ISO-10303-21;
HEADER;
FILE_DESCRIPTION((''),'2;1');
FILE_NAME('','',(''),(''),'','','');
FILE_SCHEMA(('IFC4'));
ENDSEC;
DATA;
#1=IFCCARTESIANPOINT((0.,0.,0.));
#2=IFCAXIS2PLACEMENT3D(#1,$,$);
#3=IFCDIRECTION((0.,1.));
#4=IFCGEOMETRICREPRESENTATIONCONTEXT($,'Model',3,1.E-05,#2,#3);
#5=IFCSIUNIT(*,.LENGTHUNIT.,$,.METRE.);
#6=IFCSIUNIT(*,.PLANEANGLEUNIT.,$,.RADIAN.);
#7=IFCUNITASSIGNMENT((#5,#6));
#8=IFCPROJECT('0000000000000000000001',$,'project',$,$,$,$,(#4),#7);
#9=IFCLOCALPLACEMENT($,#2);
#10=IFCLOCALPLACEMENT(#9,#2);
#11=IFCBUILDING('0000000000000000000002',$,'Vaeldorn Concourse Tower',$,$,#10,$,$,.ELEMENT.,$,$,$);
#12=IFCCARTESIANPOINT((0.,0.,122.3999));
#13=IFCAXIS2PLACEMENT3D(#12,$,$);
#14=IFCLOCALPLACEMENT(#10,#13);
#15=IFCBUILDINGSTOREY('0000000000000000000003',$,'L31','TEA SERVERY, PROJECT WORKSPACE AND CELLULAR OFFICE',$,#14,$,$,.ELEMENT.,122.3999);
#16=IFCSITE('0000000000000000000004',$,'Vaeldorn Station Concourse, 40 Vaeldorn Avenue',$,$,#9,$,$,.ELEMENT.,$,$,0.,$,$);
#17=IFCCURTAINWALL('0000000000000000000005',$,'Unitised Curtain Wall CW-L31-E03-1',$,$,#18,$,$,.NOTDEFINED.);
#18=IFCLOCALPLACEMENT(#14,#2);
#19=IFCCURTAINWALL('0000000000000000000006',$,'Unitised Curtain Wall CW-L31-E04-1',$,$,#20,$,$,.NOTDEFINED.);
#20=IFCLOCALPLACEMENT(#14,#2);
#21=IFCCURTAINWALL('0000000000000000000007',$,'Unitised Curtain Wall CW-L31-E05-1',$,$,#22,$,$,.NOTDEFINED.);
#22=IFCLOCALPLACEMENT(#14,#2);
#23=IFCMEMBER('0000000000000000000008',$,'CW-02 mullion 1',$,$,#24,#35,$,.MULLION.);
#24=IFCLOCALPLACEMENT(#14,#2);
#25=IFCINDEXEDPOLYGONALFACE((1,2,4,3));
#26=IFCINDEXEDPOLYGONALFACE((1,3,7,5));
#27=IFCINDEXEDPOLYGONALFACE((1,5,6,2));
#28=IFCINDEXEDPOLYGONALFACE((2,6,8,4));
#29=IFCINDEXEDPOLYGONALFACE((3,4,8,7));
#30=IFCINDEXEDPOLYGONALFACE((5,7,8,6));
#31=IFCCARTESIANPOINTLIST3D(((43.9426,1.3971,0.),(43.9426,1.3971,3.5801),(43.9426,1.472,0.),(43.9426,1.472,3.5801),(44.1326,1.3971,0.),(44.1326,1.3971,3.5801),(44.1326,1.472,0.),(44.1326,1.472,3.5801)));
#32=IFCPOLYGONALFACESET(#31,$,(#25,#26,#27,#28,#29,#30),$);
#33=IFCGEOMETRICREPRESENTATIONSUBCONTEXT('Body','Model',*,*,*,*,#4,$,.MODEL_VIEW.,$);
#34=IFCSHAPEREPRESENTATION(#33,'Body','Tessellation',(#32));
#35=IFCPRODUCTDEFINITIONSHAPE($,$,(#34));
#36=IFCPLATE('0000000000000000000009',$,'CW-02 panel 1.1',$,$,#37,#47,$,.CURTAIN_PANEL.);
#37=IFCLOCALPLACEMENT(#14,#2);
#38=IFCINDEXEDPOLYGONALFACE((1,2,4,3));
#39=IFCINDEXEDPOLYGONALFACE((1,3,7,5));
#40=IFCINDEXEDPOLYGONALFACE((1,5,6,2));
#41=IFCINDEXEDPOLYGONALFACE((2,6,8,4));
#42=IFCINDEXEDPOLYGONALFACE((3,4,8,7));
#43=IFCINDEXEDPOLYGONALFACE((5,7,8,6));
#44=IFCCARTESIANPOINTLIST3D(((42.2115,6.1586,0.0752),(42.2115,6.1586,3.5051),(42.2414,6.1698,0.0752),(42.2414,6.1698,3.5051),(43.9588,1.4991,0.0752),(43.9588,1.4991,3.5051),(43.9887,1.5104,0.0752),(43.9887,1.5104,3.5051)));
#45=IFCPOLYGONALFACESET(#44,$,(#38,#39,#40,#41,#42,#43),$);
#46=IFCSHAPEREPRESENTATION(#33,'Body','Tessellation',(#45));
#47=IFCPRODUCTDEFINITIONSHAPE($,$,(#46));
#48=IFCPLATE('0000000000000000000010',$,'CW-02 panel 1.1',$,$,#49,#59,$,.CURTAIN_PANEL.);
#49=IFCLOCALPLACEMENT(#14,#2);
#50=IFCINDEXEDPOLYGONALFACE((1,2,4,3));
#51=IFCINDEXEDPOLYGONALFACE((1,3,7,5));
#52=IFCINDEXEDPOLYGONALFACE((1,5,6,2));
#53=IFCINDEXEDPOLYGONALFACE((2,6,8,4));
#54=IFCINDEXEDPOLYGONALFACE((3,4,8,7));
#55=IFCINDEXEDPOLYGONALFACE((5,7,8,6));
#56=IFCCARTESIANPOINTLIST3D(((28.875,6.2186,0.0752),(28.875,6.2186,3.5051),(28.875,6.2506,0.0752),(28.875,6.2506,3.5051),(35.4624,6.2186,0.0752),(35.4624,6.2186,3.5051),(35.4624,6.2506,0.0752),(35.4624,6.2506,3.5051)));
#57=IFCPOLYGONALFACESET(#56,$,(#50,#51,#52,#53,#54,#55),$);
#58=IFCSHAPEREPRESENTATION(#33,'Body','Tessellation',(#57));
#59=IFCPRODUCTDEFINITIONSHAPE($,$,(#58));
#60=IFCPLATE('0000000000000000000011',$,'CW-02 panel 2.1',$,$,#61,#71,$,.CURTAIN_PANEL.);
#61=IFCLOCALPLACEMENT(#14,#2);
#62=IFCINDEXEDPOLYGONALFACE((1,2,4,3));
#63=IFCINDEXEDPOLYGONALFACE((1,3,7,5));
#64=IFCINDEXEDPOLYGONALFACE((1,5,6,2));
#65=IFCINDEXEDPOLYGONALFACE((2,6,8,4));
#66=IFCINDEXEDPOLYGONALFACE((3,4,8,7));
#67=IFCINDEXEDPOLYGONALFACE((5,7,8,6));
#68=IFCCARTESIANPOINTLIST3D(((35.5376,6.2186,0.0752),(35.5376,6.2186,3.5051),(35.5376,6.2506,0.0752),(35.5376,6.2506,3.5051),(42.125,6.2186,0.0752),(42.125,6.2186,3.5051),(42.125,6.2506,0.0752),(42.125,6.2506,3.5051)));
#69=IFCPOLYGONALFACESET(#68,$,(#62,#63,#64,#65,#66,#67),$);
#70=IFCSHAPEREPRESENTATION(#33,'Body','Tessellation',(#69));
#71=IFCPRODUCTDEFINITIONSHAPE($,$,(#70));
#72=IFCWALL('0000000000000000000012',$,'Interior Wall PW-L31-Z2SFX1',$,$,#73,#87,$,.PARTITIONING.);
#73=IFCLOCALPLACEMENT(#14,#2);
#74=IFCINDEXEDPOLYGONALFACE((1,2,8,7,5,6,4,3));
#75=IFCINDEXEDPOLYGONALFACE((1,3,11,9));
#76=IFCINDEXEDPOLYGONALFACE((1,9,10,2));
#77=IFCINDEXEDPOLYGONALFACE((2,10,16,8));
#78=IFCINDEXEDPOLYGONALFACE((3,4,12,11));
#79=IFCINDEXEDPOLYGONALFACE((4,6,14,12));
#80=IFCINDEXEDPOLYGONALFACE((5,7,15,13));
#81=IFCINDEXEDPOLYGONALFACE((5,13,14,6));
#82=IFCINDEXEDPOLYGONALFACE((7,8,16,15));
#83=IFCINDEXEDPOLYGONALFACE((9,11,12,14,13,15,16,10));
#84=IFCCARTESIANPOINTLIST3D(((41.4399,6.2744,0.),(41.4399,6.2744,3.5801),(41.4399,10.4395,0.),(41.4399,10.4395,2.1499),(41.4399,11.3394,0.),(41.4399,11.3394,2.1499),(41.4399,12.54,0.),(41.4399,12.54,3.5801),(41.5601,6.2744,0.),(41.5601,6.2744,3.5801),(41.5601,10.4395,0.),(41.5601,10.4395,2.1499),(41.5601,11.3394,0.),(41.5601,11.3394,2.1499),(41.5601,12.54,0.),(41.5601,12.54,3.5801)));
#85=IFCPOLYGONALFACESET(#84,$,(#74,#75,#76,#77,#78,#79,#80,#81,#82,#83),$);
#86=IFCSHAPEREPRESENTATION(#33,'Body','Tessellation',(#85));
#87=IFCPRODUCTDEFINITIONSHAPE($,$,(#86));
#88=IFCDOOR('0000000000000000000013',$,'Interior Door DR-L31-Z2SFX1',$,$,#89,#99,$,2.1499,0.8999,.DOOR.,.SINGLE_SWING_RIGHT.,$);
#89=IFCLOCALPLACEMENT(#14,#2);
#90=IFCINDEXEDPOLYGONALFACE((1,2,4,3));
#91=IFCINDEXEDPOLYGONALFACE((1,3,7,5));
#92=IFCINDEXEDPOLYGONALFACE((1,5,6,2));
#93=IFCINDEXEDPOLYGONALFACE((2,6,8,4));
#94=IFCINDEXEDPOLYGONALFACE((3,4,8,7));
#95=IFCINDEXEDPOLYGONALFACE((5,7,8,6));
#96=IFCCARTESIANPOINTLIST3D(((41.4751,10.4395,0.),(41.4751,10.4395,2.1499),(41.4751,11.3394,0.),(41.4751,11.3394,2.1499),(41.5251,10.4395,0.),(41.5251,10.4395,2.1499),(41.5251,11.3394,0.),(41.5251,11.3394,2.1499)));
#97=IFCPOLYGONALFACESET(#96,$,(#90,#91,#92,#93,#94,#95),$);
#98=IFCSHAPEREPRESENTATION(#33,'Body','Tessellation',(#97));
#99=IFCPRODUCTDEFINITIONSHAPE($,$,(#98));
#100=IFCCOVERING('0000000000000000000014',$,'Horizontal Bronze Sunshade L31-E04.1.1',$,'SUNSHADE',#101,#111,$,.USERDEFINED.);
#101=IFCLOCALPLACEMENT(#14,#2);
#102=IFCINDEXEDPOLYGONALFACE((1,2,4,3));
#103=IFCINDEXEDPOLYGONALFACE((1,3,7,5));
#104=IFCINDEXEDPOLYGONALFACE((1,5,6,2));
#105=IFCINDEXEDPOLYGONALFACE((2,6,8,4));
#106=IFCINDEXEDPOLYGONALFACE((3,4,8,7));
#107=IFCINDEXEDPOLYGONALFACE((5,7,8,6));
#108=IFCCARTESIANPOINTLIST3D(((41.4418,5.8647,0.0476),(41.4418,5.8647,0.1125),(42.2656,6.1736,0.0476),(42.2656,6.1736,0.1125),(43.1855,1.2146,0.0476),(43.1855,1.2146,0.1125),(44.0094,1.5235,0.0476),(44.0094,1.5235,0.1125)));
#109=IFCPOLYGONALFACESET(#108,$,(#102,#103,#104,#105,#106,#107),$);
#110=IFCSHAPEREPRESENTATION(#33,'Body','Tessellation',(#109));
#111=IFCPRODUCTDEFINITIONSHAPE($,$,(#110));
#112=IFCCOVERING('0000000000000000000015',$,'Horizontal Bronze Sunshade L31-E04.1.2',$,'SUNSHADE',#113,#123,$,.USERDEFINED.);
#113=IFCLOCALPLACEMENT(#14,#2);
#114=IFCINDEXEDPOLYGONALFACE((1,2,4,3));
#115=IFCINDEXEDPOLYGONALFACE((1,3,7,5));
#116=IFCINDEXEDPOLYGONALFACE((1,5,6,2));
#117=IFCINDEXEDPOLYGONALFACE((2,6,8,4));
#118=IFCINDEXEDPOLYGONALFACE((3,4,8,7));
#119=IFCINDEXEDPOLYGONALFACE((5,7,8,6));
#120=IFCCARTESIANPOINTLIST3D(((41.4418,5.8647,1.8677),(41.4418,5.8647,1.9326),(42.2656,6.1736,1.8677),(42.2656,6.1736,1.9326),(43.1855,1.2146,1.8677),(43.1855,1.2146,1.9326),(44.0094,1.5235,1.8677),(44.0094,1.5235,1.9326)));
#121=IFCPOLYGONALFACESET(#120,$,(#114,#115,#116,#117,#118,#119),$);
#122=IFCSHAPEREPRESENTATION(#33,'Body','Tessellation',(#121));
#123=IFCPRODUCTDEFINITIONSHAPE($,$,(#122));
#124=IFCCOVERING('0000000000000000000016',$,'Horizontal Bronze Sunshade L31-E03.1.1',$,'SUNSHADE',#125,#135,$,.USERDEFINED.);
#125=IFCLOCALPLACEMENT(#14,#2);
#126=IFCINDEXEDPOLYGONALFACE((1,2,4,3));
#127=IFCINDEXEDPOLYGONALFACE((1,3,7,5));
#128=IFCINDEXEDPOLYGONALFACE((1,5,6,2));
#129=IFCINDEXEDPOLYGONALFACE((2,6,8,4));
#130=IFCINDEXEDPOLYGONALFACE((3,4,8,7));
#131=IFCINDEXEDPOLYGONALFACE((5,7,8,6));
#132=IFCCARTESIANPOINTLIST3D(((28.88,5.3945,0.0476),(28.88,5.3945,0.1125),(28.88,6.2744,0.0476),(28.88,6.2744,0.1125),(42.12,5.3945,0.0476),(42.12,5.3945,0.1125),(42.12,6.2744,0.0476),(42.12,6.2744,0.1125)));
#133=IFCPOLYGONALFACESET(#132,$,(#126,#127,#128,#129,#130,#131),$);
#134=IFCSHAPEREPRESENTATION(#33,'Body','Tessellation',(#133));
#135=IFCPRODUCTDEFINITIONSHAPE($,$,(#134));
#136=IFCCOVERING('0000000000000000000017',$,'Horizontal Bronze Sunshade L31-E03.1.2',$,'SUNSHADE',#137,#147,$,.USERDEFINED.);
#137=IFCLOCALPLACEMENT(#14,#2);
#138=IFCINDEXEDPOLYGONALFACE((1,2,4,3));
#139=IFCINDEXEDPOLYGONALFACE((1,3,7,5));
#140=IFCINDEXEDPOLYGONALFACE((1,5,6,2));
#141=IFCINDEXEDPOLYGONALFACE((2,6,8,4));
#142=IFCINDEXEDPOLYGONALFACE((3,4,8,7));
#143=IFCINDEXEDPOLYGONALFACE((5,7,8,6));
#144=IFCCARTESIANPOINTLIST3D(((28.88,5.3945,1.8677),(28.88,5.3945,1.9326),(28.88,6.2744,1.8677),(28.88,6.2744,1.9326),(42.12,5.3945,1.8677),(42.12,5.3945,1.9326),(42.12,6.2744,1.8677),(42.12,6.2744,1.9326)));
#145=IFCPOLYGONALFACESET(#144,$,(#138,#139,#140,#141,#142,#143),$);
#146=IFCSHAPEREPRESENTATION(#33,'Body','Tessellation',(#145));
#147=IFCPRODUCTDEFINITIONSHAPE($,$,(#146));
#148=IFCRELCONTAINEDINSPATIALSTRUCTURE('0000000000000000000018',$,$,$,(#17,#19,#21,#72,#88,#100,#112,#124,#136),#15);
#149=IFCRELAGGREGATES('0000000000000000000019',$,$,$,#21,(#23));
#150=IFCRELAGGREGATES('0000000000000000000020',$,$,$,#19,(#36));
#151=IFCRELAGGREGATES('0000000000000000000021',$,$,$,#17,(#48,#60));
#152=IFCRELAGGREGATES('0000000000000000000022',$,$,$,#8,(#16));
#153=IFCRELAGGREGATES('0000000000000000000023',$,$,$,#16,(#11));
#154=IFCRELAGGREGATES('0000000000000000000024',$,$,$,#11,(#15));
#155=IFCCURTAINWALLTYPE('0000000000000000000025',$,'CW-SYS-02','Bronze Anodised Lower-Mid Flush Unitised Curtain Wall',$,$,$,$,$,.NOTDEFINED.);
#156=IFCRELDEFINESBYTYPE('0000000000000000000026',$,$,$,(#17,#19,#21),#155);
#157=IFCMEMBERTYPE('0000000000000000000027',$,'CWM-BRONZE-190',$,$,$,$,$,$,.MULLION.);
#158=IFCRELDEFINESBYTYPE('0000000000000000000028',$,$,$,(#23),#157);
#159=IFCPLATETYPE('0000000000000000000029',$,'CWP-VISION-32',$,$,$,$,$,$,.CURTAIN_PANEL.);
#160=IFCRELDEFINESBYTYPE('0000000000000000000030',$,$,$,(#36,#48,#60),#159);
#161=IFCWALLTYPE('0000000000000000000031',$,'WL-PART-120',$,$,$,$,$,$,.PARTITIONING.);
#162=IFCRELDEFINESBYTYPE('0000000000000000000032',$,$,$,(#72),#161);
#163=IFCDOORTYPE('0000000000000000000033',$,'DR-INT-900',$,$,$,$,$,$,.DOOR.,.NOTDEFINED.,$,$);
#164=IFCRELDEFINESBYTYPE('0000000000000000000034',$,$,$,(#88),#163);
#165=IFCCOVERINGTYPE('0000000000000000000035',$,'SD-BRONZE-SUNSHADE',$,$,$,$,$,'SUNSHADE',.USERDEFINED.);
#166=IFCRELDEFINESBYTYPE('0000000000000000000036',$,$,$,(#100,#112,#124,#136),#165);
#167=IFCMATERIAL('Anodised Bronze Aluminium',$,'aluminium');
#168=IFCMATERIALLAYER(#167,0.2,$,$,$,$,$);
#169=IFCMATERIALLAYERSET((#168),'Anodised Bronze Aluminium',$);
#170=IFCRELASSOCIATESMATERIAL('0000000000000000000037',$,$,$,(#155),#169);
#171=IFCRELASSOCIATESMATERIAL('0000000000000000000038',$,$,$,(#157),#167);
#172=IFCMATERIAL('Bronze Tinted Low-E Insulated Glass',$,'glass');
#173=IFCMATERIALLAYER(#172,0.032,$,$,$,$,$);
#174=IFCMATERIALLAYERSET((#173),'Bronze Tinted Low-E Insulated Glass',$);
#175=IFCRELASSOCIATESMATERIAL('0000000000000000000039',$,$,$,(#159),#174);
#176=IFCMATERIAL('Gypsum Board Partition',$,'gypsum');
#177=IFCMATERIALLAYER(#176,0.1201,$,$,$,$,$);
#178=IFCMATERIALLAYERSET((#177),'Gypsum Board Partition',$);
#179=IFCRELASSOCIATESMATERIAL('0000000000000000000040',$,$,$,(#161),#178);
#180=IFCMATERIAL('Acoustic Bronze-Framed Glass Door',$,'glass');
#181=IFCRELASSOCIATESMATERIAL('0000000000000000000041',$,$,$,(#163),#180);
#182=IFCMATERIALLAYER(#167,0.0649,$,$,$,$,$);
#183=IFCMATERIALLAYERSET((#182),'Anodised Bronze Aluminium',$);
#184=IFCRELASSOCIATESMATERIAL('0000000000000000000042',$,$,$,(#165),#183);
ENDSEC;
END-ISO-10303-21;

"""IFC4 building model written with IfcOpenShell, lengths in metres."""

from ifc_helpers import new_model, si_unit, direction, frame, frame_2d, origin, origin_2d, place, context, subcontext, project, spatial, rectangle, extrude, source, transform, mapped, material, layer, layer_set, material_profile, profile_set, type_object, element, fill, aggregate, save


model = new_model("IFC4")

# Units and contexts
model_context = context("Model", 3, precision=1e-05, world=origin(), true_north=direction((0.0, 1.0)))
body_context = subcontext(model_context, "Body", "Model", "MODEL_VIEW")
ifc_project = project(units=[si_unit("LENGTHUNIT", "METRE"), si_unit("PLANEANGLEUNIT", "RADIAN")], contexts=[model_context])

# Site, building, storey
site_placement = place(None, origin())
site = spatial("IfcSite", under=ifc_project, at=site_placement, Name="Vaeldorn Station Concourse, 40 Vaeldorn Avenue", CompositionType="ELEMENT", RefElevation=0.0)
building_placement = place(site_placement, origin())
building = spatial("IfcBuilding", under=site, at=building_placement, Name="Vaeldorn Concourse Tower", CompositionType="ELEMENT")
storey_placement = place(building_placement, frame((0.0, 0.0, 122.3999)))
storey = spatial("IfcBuildingStorey", under=building, at=storey_placement, Name="L31", Description="TEA SERVERY, PROJECT WORKSPACE AND CELLULAR OFFICE", CompositionType="ELEMENT", Elevation=122.3999)

# Curtain walls
ifc_material_1 = material(Name="Anodised Bronze Aluminium", Category="aluminium")
ifc_layer_1 = layer(ifc_material_1, 0.2)
ifc_layer_set_1 = layer_set([ifc_layer_1], Name="Anodised Bronze Aluminium")
curtain_wall_type = type_object("IfcCurtainWallType", Name="CW-SYS-02", Description="Bronze Anodised Lower-Mid Flush Unitised Curtain Wall", PredefinedType="NOTDEFINED", material=ifc_layer_set_1)
curtain_wall_1_placement = place(storey_placement, origin())
curtain_wall_1 = element("IfcCurtainWall", 1, at=curtain_wall_1_placement, inside=storey, type_object=curtain_wall_type, Name="Unitised Curtain Wall CW-L31-E03-1", PredefinedType="NOTDEFINED")
curtain_wall_2_placement = place(storey_placement, origin())
curtain_wall_2 = element("IfcCurtainWall", 2, at=curtain_wall_2_placement, inside=storey, type_object=curtain_wall_type, Name="Unitised Curtain Wall CW-L31-E04-1", PredefinedType="NOTDEFINED")
curtain_wall_3_placement = place(storey_placement, origin())
curtain_wall_3 = element("IfcCurtainWall", 3, at=curtain_wall_3_placement, inside=storey, type_object=curtain_wall_type, Name="Unitised Curtain Wall CW-L31-E05-1", PredefinedType="NOTDEFINED")

# Member
ifc_material_profile_1 = material_profile(ifc_material_1, rectangle(XDim=0.075, YDim=0.1899, at=origin_2d()), Name="CWM 75x190")
ifc_profile_set_1 = profile_set([ifc_material_profile_1], Name="Anodised Bronze Aluminium")
member_type_1 = type_object("IfcMemberType", Name="CWM-BRONZE-190", PredefinedType="MULLION", material=ifc_profile_set_1)
shared_shape_1 = source(origin(), body_context, "Body", "SweptSolid", [
    extrude(rectangle(XDim=0.075, YDim=0.1899, at=origin_2d()), origin(), (0.0, 0.0, 1.0), 3.5801),
])
member_1_placement = place(storey_placement, frame((44.0376, 1.4346, 0.0), z_axis=(0.0, 0.0, 1.0), x_axis=(0.0, 1.0, 0.0)))
member_1 = element("IfcMember", 4, at=member_1_placement, type_object=member_type_1, Name="CW-02 mullion 1", PredefinedType="MULLION", context=body_context, shape_type="MappedRepresentation", body=[
    mapped(shared_shape_1, transform((0.0, 0.0, 0.0), scale=1.0)),
])
aggregate(curtain_wall_3, [member_1])

# Plates
ifc_material_2 = material(Name="Bronze Tinted Low-E Insulated Glass", Category="glass")
ifc_layer_2 = layer(ifc_material_2, 0.032)
ifc_layer_set_2 = layer_set([ifc_layer_2], Name="Bronze Tinted Low-E Insulated Glass")
plate_type = type_object("IfcPlateType", Name="CWP-VISION-32", PredefinedType="CURTAIN_PANEL", material=ifc_layer_set_2)
shared_shape_2 = source(origin(), body_context, "Body", "SweptSolid", [
    extrude(rectangle(XDim=4.9763, YDim=0.032, at=origin_2d()), origin(), (0.0, 0.0, 1.0), 3.4299),
])
plate_1_placement = place(storey_placement, frame((43.1001, 3.8345, 0.0752), z_axis=(0.0, 0.0, 1.0), x_axis=(0.351123, -0.936329, 0.0)))
plate_1 = element("IfcPlate", 5, at=plate_1_placement, type_object=plate_type, Name="CW-02 panel 1.1", PredefinedType="CURTAIN_PANEL", context=body_context, shape_type="MappedRepresentation", body=[
    mapped(shared_shape_2, transform((0.0, 0.0, 0.0), scale=1.0)),
])
aggregate(curtain_wall_2, [plate_1])
shared_shape_3 = source(origin(), body_context, "Body", "SweptSolid", [
    extrude(rectangle(XDim=6.5874, YDim=0.032, at=origin_2d()), origin(), (0.0, 0.0, 1.0), 3.4299),
])
plate_2_placement = place(storey_placement, frame((32.1687, 6.2346, 0.0752), z_axis=(0.0, 0.0, 1.0), x_axis=(1.0, 0.0, 0.0)))
plate_2 = element("IfcPlate", 6, at=plate_2_placement, type_object=plate_type, Name="CW-02 panel 1.1", PredefinedType="CURTAIN_PANEL", context=body_context, shape_type="MappedRepresentation", body=[
    mapped(shared_shape_3, transform((0.0, 0.0, 0.0), scale=1.0)),
])
plate_3_placement = place(storey_placement, frame((38.8313, 6.2346, 0.0752), z_axis=(0.0, 0.0, 1.0), x_axis=(1.0, 0.0, 0.0)))
plate_3 = element("IfcPlate", 7, at=plate_3_placement, type_object=plate_type, Name="CW-02 panel 2.1", PredefinedType="CURTAIN_PANEL", context=body_context, shape_type="MappedRepresentation", body=[
    mapped(shared_shape_3, transform((0.0, 0.0, 0.0), scale=1.0)),
])
aggregate(curtain_wall_1, [plate_2, plate_3])

# Wall, opening, door
ifc_material_3 = material(Name="Gypsum Board Partition", Category="gypsum")
ifc_layer_3 = layer(ifc_material_3, 0.1201)
ifc_layer_set_3 = layer_set([ifc_layer_3], Name="Gypsum Board Partition")
wall_type = type_object("IfcWallType", Name="WL-PART-120", PredefinedType="PARTITIONING", material=ifc_layer_set_3)
wall_placement = place(storey_placement, frame((41.5, 6.2744, 0.0), z_axis=(0.0, 0.0, 1.0), x_axis=(0.0, 1.0, 0.0)))
wall = element("IfcWall", 8, at=wall_placement, inside=storey, type_object=wall_type, Name="Interior Wall PW-L31-Z2SFX1", PredefinedType="PARTITIONING", context=body_context, shape_type="SweptSolid", body=[
    extrude(rectangle(XDim=6.2656, YDim=0.1201, at=frame_2d((3.1328, 0.0))), origin(), (0.0, 0.0, 1.0), 3.5801),
])
opening_placement = place(wall_placement, frame((4.165, 0.0, 0.0)))
opening = element("IfcOpeningElement", 9, at=opening_placement, cuts=wall, PredefinedType="OPENING", context=body_context, shape_type="SweptSolid", body=[
    extrude(rectangle(XDim=0.8999, YDim=2.1499, at=frame_2d((0.45, 1.075))), frame((0.0, 0.0701, 0.0), z_axis=(0.0, -1.0, 0.0), x_axis=(1.0, 0.0, 0.0)), (0.0, 0.0, 1.0), 0.1401),
])
ifc_material_4 = material(Name="Acoustic Bronze-Framed Glass Door", Category="glass")
door_type = type_object("IfcDoorType", Name="DR-INT-900", OperationType="NOTDEFINED", PredefinedType="DOOR", material=ifc_material_4)
shared_shape_4 = source(origin(), body_context, "Body", "SweptSolid", [
    extrude(rectangle(XDim=0.8999, YDim=2.1499, at=frame_2d((0.45, 1.075))), frame((0.0, 0.0249, 0.0), z_axis=(0.0, -1.0, 0.0), x_axis=(1.0, 0.0, 0.0)), (0.0, 0.0, 1.0), 0.05),
])
door_placement = place(opening_placement, origin())
door = element("IfcDoor", 10, at=door_placement, inside=storey, type_object=door_type, Name="Interior Door DR-L31-Z2SFX1", OperationType="SINGLE_SWING_RIGHT", OverallHeight=2.1499, OverallWidth=0.8999, PredefinedType="DOOR", context=body_context, shape_type="MappedRepresentation", body=[
    mapped(shared_shape_4, transform((0.0, 0.0, 0.0), scale=1.0)),
])
fill(opening, door)

# Coverings
ifc_layer_4 = layer(ifc_material_1, 0.0649)
ifc_layer_set_4 = layer_set([ifc_layer_4], Name="Anodised Bronze Aluminium")
covering_type = type_object("IfcCoveringType", Name="SD-BRONZE-SUNSHADE", ElementType="SUNSHADE", PredefinedType="USERDEFINED", material=ifc_layer_set_4)
shared_shape_5 = source(origin(), body_context, "Body", "SweptSolid", [
    extrude(rectangle(XDim=4.9663, YDim=0.8799, at=origin_2d()), origin(), (0.0, 0.0, 1.0), 0.0649),
])
for number, where, z_axis, x_axis, name in (
    (11, (42.7256, 3.6941, 0.0476), (0.0, 0.0, 1.0), (0.351123, -0.936329, 0.0), "Horizontal Bronze Sunshade L31-E04.1.1"),
    (12, (42.7256, 3.6941, 1.8677), (0.0, 0.0, 1.0), (0.351123, -0.936329, 0.0), "Horizontal Bronze Sunshade L31-E04.1.2"),
):
    element("IfcCovering", number, at=place(storey_placement, frame(where, z_axis=z_axis, x_axis=x_axis)), inside=storey, type_object=covering_type, Name=name, ObjectType="SUNSHADE", PredefinedType="USERDEFINED", context=body_context, shape_type="MappedRepresentation", body=[
        mapped(shared_shape_5, transform((0.0, 0.0, 0.0), scale=1.0)),
    ])
shared_shape_6 = source(origin(), body_context, "Body", "SweptSolid", [
    extrude(rectangle(XDim=13.24, YDim=0.8799, at=origin_2d()), origin(), (0.0, 0.0, 1.0), 0.0649),
])
for number, where, z_axis, x_axis, name in (
    (13, (35.5, 5.8345, 0.0476), (0.0, 0.0, 1.0), (1.0, 0.0, 0.0), "Horizontal Bronze Sunshade L31-E03.1.1"),
    (14, (35.5, 5.8345, 1.8677), (0.0, 0.0, 1.0), (1.0, 0.0, 0.0), "Horizontal Bronze Sunshade L31-E03.1.2"),
):
    element("IfcCovering", number, at=place(storey_placement, frame(where, z_axis=z_axis, x_axis=x_axis)), inside=storey, type_object=covering_type, Name=name, ObjectType="SUNSHADE", PredefinedType="USERDEFINED", context=body_context, shape_type="MappedRepresentation", body=[
        mapped(shared_shape_6, transform((0.0, 0.0, 0.0), scale=1.0)),
    ])

save(model, "model.ifc")
